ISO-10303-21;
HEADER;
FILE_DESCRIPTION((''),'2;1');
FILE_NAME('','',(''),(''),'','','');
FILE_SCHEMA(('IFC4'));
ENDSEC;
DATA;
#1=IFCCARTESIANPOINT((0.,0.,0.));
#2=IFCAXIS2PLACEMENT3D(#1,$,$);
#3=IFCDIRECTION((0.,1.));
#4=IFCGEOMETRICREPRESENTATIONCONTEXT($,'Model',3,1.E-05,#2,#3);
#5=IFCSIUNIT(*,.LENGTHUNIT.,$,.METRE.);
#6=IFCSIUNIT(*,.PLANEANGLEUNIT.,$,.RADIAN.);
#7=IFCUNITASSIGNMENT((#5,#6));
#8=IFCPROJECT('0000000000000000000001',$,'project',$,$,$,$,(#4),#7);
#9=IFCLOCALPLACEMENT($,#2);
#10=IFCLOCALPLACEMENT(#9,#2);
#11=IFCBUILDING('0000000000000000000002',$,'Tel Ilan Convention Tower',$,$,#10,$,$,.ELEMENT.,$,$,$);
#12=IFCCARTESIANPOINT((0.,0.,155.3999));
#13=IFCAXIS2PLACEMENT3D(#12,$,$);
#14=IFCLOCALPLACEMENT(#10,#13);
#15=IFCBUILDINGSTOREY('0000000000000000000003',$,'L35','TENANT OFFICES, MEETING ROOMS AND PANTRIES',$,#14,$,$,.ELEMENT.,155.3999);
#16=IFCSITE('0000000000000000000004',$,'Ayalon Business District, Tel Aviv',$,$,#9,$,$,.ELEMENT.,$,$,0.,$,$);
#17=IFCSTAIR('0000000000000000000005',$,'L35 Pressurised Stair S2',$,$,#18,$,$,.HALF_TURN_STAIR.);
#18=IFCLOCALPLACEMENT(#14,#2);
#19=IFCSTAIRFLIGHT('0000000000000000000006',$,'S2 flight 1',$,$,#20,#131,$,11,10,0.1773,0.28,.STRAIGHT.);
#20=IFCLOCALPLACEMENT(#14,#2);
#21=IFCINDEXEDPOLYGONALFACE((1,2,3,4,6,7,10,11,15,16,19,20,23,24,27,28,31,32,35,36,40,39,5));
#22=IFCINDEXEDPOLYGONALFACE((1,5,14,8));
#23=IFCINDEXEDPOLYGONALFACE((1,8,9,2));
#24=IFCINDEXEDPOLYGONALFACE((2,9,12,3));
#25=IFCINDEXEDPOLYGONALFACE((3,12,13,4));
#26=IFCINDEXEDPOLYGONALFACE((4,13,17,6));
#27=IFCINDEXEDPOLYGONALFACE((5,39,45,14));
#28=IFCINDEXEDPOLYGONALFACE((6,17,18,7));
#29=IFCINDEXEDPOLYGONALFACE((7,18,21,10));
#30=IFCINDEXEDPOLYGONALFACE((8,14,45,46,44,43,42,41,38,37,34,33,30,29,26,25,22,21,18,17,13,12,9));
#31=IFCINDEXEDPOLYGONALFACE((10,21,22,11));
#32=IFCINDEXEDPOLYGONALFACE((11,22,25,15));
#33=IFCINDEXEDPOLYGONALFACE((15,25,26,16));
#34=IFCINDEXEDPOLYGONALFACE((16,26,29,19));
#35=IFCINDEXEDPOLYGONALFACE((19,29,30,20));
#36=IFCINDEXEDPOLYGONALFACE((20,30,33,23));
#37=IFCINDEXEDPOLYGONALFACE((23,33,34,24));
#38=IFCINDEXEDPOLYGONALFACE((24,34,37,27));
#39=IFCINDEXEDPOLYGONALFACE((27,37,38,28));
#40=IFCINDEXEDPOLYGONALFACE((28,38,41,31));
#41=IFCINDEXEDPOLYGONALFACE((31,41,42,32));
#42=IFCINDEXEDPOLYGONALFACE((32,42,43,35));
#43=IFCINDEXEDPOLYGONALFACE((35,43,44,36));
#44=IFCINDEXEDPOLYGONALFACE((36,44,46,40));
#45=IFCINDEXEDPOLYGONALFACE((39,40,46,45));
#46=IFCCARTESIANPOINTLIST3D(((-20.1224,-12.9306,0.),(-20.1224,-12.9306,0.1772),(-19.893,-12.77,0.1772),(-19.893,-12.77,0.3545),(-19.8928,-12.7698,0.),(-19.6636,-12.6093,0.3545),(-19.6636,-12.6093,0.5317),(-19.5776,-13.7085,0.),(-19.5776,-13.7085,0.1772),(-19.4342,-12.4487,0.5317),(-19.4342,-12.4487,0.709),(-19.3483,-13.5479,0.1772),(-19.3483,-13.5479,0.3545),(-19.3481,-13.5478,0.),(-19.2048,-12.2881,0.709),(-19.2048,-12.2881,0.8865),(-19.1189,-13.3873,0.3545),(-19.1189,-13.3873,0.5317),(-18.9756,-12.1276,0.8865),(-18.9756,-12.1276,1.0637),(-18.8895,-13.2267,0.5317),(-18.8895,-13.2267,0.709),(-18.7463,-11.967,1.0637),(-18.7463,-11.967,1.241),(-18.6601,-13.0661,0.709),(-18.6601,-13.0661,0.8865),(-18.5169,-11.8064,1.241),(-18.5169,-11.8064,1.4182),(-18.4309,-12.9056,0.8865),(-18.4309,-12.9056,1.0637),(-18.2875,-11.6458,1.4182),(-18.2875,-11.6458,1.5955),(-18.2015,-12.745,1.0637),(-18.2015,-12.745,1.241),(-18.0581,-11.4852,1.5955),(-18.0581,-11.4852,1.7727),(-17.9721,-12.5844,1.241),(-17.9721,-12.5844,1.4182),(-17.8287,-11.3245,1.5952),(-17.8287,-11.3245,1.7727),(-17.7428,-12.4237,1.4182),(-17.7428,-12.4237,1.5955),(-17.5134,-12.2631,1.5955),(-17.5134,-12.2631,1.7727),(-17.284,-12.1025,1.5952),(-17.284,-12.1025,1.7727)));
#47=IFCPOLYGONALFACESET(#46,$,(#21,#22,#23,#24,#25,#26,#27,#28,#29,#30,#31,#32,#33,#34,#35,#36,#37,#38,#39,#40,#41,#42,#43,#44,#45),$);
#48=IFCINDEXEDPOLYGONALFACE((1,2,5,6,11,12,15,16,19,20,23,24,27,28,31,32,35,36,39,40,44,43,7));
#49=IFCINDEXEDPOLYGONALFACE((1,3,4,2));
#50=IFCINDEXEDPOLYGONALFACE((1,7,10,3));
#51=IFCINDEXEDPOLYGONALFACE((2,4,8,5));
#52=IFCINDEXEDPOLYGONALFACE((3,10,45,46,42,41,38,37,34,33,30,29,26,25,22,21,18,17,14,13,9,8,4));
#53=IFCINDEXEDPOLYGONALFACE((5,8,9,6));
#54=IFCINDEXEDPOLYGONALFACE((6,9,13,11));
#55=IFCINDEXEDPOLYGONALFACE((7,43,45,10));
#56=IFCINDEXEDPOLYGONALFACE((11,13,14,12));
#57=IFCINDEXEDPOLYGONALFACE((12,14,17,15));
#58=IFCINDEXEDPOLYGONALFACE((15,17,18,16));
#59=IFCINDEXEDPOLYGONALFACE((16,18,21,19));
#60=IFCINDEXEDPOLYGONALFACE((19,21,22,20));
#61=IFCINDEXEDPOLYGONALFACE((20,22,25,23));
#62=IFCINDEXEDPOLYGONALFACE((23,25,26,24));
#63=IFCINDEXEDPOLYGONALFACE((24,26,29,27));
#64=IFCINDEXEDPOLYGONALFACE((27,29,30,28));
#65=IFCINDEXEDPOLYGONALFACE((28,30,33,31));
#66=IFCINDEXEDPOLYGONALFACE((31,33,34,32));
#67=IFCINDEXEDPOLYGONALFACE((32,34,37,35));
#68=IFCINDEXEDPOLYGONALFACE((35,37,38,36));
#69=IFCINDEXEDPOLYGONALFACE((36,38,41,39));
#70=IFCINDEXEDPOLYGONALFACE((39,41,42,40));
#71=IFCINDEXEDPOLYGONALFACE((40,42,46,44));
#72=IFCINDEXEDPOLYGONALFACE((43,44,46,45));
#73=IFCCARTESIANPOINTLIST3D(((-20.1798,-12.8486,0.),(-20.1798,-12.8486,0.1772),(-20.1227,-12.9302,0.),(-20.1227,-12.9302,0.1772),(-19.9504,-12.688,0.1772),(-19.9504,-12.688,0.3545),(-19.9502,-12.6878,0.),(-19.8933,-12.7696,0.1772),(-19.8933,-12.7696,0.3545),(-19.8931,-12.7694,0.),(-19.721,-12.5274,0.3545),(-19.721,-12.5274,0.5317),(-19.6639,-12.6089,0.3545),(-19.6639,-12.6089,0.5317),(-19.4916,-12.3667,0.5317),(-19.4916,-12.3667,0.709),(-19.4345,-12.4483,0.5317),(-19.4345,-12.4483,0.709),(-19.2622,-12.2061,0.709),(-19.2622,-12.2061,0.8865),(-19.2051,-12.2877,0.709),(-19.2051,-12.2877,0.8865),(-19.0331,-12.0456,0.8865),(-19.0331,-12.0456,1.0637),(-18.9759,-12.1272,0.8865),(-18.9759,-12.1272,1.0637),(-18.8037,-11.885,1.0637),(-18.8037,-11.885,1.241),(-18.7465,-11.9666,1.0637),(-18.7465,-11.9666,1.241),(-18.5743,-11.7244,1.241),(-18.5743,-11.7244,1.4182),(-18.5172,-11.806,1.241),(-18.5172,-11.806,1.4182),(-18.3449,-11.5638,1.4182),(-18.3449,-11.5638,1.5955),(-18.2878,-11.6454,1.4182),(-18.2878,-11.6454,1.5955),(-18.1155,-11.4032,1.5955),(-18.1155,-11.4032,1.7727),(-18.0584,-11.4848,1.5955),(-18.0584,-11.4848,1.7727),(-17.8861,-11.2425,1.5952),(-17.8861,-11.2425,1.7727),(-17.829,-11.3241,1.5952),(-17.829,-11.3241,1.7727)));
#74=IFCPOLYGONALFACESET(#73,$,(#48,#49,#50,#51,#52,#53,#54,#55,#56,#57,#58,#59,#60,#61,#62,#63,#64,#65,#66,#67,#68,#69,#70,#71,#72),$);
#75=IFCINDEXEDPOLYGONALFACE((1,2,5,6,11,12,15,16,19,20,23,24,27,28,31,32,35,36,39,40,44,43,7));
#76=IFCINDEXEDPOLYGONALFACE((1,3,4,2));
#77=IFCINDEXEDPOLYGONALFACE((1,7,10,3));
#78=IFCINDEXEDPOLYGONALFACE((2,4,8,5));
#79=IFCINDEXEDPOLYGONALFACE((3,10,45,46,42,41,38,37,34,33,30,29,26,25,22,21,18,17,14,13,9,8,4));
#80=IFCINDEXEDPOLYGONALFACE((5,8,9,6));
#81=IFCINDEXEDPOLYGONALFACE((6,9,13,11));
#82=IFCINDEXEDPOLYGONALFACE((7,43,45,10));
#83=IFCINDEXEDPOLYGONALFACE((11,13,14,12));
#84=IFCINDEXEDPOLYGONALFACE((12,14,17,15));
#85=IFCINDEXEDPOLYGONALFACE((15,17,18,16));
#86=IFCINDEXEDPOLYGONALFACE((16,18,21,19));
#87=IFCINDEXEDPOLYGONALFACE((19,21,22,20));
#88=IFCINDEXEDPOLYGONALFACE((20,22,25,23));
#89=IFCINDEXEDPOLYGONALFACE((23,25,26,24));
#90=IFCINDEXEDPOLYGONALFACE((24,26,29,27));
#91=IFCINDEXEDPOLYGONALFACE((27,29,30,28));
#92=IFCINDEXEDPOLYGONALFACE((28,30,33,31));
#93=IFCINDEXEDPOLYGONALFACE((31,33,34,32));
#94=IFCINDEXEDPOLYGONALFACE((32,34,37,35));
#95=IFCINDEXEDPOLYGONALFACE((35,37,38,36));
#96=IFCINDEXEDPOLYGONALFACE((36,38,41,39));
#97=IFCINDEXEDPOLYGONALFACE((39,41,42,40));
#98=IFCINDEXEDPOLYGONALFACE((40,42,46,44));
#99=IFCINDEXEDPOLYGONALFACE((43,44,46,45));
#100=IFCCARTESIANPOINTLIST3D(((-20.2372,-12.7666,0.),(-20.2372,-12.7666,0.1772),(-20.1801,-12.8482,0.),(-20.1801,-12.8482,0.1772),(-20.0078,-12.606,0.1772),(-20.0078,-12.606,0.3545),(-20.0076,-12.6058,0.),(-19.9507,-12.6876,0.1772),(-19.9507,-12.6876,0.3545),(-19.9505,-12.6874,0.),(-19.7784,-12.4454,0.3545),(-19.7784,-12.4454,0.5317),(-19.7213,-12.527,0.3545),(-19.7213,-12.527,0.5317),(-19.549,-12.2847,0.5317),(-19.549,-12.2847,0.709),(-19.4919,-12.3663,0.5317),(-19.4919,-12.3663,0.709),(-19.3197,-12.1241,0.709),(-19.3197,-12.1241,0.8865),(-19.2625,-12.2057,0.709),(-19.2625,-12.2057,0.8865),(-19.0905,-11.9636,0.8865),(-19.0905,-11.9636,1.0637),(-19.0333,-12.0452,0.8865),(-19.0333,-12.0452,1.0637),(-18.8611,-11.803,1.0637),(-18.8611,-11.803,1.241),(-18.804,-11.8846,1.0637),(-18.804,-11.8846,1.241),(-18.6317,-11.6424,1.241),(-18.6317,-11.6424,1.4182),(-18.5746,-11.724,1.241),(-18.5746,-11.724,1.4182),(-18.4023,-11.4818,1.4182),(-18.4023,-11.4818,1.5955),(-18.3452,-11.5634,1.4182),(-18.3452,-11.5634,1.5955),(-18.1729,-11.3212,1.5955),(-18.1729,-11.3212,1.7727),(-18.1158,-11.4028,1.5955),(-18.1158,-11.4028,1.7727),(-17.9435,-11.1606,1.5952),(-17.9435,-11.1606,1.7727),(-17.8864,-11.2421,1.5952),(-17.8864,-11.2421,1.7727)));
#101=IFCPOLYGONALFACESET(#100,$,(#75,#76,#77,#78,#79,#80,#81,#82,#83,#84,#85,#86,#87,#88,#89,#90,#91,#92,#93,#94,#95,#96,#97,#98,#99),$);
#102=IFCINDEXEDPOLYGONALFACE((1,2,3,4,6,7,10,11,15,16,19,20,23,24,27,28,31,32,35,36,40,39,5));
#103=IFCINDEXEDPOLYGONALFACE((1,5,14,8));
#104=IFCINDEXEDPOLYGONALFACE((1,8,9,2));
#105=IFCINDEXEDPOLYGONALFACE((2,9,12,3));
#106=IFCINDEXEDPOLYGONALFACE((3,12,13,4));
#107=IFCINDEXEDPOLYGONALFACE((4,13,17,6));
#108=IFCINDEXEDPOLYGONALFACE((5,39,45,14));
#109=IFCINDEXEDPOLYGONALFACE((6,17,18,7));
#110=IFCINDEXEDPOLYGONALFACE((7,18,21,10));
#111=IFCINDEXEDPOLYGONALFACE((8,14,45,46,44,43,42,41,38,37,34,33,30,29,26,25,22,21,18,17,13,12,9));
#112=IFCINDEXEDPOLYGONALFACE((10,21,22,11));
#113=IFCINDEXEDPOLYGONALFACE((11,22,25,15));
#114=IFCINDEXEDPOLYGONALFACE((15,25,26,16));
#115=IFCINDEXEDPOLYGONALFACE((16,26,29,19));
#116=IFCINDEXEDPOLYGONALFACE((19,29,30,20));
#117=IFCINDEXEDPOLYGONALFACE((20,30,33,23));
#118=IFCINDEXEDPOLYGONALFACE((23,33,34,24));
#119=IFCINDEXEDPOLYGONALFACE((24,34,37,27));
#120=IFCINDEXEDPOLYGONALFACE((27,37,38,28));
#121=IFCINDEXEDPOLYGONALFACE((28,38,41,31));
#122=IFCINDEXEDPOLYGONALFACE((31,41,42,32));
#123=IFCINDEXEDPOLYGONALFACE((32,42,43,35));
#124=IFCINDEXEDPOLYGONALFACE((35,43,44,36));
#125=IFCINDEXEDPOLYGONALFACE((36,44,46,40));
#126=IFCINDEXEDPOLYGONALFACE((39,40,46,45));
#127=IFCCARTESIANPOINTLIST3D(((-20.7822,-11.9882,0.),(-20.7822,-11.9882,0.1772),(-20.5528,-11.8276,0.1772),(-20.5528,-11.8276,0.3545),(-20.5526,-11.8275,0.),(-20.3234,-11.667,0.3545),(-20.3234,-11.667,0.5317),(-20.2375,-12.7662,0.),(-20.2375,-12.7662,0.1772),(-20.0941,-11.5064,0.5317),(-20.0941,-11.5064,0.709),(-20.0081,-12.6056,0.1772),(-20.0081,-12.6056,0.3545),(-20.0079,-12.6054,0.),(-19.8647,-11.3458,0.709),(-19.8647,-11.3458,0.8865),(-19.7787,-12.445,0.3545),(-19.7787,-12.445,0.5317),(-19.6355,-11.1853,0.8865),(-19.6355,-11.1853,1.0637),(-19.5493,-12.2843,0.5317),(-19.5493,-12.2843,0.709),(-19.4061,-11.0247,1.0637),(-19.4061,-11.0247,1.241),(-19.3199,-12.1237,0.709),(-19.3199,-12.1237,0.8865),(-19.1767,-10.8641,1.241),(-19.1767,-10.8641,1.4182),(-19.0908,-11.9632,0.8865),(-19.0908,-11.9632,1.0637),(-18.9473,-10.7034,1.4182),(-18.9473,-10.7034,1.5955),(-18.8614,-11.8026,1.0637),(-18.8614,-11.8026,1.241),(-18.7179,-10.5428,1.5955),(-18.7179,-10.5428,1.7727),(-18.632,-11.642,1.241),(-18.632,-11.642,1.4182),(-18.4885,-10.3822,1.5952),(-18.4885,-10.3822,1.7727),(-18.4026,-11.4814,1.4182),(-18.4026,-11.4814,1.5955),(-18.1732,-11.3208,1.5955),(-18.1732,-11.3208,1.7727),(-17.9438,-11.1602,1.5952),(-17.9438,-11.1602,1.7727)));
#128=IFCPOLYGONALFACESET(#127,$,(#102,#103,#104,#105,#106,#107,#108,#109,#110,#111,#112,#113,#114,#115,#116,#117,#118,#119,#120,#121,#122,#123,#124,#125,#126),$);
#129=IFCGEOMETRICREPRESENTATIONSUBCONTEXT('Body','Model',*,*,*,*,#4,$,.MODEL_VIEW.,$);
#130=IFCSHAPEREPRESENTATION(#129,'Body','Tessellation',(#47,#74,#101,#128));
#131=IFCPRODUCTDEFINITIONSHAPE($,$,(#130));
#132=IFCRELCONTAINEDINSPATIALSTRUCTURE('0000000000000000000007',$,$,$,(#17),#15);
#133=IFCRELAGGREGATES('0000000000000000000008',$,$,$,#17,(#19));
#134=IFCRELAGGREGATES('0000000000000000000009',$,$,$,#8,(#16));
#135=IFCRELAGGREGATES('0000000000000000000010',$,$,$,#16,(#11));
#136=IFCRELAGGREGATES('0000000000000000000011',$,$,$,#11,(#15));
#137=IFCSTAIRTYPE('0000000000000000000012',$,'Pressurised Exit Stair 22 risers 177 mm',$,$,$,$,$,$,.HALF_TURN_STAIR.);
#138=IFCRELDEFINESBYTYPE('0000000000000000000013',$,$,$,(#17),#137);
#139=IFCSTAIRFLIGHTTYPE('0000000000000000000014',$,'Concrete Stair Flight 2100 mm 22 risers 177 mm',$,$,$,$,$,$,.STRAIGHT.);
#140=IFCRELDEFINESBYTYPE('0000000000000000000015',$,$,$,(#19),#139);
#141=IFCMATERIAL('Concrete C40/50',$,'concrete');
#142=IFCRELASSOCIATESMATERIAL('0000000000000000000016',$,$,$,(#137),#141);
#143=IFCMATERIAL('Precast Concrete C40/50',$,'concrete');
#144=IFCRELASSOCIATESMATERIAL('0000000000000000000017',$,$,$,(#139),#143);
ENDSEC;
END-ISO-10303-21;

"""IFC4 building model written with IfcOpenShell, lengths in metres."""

from ifc_helpers import new_model, si_unit, direction, frame, origin, place, context, subcontext, project, spatial, polyline, outline, extrude, material, type_object, element, aggregate, save


model = new_model("IFC4")

# Units and contexts
model_context = context("Model", 3, precision=1e-05, world=origin(), true_north=direction((0.0, 1.0)))
body_context = subcontext(model_context, "Body", "Model", "MODEL_VIEW")
ifc_project = project(units=[si_unit("LENGTHUNIT", "METRE"), si_unit("PLANEANGLEUNIT", "RADIAN")], contexts=[model_context])

# Site, building, storey
site_placement = place(None, origin())
site = spatial("IfcSite", under=ifc_project, at=site_placement, Name="Ayalon Business District, Tel Aviv", CompositionType="ELEMENT", RefElevation=0.0)
building_placement = place(site_placement, origin())
building = spatial("IfcBuilding", under=site, at=building_placement, Name="Tel Ilan Convention Tower", CompositionType="ELEMENT")
storey_placement = place(building_placement, frame((0.0, 0.0, 155.3999)))
storey = spatial("IfcBuildingStorey", under=building, at=storey_placement, Name="L35", Description="TENANT OFFICES, MEETING ROOMS AND PANTRIES", CompositionType="ELEMENT", Elevation=155.3999)

# Stair, stair flight
ifc_material_1 = material(Name="Concrete C40/50", Category="concrete")
stair_type = type_object("IfcStairType", Name="Pressurised Exit Stair 22 risers 177 mm", PredefinedType="HALF_TURN_STAIR", material=ifc_material_1)
ifc_material_2 = material(Name="Precast Concrete C40/50", Category="concrete")
stair_flight_type = type_object("IfcStairFlightType", Name="Concrete Stair Flight 2100 mm 22 risers 177 mm", PredefinedType="STRAIGHT", material=ifc_material_2)
stair_1_placement = place(storey_placement, origin())
stair_1 = element("IfcStair", 1, at=stair_1_placement, inside=storey, type_object=stair_type, Name="L35 Pressurised Stair S2", PredefinedType="HALF_TURN_STAIR")
stair_flight_1_placement = place(storey_placement, frame((-20.1799, -12.8484, 0.0), z_axis=(0.0, 0.0, 1.0), x_axis=(0.819152, 0.573576, 0.0)))
stair_flight_1 = element("IfcStairFlight", 2, at=stair_flight_1_placement, type_object=stair_flight_type, Name="S2 flight 1", NumberOfRisers=11, NumberOfTreads=10, PredefinedType="STRAIGHT", RiserHeight=0.1773, TreadLength=0.28, context=body_context, shape_type="SweptSolid", body=[
    extrude(outline(polyline([(0.0, 0.0), (0.0, 0.1772), (0.28, 0.1772), (0.28, 0.3545), (0.5601, 0.3545), (0.5601, 0.5317), (0.8401, 0.5317), (0.8401, 0.709), (1.1201, 0.709), (1.1201, 0.8865), (1.3999, 0.8865), (1.3999, 1.0637), (1.6799, 1.0637), (1.6799, 1.241), (1.96, 1.241), (1.96, 1.4182), (2.24, 1.4182), (2.24, 1.5955), (2.52, 1.5955), (2.52, 1.7727), (2.8, 1.7727), (2.8, 1.95), (2.8, 1.5952), (0.2803, 0.0), (0.0, 0.0)])), frame((0.0, -0.1003, 0.0), z_axis=(0.0, -1.0, 0.0), x_axis=(1.0, 0.0, 0.0)), (0.0, 0.0, 1.0), 0.9497),
    extrude(outline(polyline([(0.0, 0.0), (0.0, 0.1772), (0.28, 0.1772), (0.28, 0.3545), (0.5601, 0.3545), (0.5601, 0.5317), (0.8401, 0.5317), (0.8401, 0.709), (1.1201, 0.709), (1.1201, 0.8865), (1.3999, 0.8865), (1.3999, 1.0637), (1.6799, 1.0637), (1.6799, 1.241), (1.96, 1.241), (1.96, 1.4182), (2.24, 1.4182), (2.24, 1.5955), (2.52, 1.5955), (2.52, 1.7727), (2.8, 1.7727), (2.8, 1.95), (2.8, 1.5952), (0.2803, 0.0), (0.0, 0.0)])), frame((0.0, -0.0002, 0.0), z_axis=(0.0, -1.0, 0.0), x_axis=(1.0, 0.0, 0.0)), (0.0, 0.0, 1.0), 0.0996),
    extrude(outline(polyline([(0.0, 0.0), (0.0, 0.1772), (0.28, 0.1772), (0.28, 0.3545), (0.5601, 0.3545), (0.5601, 0.5317), (0.8401, 0.5317), (0.8401, 0.709), (1.1201, 0.709), (1.1201, 0.8865), (1.3999, 0.8865), (1.3999, 1.0637), (1.6799, 1.0637), (1.6799, 1.241), (1.96, 1.241), (1.96, 1.4182), (2.24, 1.4182), (2.24, 1.5955), (2.52, 1.5955), (2.52, 1.7727), (2.8, 1.7727), (2.8, 1.95), (2.8, 1.5952), (0.2803, 0.0), (0.0, 0.0)])), frame((0.0, 0.0999, 0.0), z_axis=(0.0, -1.0, 0.0), x_axis=(1.0, 0.0, 0.0)), (0.0, 0.0, 1.0), 0.0996),
    extrude(outline(polyline([(0.0, 0.0), (0.0, 0.1772), (0.28, 0.1772), (0.28, 0.3545), (0.5601, 0.3545), (0.5601, 0.5317), (0.8401, 0.5317), (0.8401, 0.709), (1.1201, 0.709), (1.1201, 0.8865), (1.3999, 0.8865), (1.3999, 1.0637), (1.6799, 1.0637), (1.6799, 1.241), (1.96, 1.241), (1.96, 1.4182), (2.24, 1.4182), (2.24, 1.5955), (2.52, 1.5955), (2.52, 1.7727), (2.8, 1.7727), (2.8, 1.95), (2.8, 1.5952), (0.2803, 0.0), (0.0, 0.0)])), frame((0.0, 1.05, 0.0), z_axis=(0.0, -1.0, 0.0), x_axis=(1.0, 0.0, 0.0)), (0.0, 0.0, 1.0), 0.9497),
])
aggregate(stair_1, [stair_flight_1])

save(model, "model.ifc")
